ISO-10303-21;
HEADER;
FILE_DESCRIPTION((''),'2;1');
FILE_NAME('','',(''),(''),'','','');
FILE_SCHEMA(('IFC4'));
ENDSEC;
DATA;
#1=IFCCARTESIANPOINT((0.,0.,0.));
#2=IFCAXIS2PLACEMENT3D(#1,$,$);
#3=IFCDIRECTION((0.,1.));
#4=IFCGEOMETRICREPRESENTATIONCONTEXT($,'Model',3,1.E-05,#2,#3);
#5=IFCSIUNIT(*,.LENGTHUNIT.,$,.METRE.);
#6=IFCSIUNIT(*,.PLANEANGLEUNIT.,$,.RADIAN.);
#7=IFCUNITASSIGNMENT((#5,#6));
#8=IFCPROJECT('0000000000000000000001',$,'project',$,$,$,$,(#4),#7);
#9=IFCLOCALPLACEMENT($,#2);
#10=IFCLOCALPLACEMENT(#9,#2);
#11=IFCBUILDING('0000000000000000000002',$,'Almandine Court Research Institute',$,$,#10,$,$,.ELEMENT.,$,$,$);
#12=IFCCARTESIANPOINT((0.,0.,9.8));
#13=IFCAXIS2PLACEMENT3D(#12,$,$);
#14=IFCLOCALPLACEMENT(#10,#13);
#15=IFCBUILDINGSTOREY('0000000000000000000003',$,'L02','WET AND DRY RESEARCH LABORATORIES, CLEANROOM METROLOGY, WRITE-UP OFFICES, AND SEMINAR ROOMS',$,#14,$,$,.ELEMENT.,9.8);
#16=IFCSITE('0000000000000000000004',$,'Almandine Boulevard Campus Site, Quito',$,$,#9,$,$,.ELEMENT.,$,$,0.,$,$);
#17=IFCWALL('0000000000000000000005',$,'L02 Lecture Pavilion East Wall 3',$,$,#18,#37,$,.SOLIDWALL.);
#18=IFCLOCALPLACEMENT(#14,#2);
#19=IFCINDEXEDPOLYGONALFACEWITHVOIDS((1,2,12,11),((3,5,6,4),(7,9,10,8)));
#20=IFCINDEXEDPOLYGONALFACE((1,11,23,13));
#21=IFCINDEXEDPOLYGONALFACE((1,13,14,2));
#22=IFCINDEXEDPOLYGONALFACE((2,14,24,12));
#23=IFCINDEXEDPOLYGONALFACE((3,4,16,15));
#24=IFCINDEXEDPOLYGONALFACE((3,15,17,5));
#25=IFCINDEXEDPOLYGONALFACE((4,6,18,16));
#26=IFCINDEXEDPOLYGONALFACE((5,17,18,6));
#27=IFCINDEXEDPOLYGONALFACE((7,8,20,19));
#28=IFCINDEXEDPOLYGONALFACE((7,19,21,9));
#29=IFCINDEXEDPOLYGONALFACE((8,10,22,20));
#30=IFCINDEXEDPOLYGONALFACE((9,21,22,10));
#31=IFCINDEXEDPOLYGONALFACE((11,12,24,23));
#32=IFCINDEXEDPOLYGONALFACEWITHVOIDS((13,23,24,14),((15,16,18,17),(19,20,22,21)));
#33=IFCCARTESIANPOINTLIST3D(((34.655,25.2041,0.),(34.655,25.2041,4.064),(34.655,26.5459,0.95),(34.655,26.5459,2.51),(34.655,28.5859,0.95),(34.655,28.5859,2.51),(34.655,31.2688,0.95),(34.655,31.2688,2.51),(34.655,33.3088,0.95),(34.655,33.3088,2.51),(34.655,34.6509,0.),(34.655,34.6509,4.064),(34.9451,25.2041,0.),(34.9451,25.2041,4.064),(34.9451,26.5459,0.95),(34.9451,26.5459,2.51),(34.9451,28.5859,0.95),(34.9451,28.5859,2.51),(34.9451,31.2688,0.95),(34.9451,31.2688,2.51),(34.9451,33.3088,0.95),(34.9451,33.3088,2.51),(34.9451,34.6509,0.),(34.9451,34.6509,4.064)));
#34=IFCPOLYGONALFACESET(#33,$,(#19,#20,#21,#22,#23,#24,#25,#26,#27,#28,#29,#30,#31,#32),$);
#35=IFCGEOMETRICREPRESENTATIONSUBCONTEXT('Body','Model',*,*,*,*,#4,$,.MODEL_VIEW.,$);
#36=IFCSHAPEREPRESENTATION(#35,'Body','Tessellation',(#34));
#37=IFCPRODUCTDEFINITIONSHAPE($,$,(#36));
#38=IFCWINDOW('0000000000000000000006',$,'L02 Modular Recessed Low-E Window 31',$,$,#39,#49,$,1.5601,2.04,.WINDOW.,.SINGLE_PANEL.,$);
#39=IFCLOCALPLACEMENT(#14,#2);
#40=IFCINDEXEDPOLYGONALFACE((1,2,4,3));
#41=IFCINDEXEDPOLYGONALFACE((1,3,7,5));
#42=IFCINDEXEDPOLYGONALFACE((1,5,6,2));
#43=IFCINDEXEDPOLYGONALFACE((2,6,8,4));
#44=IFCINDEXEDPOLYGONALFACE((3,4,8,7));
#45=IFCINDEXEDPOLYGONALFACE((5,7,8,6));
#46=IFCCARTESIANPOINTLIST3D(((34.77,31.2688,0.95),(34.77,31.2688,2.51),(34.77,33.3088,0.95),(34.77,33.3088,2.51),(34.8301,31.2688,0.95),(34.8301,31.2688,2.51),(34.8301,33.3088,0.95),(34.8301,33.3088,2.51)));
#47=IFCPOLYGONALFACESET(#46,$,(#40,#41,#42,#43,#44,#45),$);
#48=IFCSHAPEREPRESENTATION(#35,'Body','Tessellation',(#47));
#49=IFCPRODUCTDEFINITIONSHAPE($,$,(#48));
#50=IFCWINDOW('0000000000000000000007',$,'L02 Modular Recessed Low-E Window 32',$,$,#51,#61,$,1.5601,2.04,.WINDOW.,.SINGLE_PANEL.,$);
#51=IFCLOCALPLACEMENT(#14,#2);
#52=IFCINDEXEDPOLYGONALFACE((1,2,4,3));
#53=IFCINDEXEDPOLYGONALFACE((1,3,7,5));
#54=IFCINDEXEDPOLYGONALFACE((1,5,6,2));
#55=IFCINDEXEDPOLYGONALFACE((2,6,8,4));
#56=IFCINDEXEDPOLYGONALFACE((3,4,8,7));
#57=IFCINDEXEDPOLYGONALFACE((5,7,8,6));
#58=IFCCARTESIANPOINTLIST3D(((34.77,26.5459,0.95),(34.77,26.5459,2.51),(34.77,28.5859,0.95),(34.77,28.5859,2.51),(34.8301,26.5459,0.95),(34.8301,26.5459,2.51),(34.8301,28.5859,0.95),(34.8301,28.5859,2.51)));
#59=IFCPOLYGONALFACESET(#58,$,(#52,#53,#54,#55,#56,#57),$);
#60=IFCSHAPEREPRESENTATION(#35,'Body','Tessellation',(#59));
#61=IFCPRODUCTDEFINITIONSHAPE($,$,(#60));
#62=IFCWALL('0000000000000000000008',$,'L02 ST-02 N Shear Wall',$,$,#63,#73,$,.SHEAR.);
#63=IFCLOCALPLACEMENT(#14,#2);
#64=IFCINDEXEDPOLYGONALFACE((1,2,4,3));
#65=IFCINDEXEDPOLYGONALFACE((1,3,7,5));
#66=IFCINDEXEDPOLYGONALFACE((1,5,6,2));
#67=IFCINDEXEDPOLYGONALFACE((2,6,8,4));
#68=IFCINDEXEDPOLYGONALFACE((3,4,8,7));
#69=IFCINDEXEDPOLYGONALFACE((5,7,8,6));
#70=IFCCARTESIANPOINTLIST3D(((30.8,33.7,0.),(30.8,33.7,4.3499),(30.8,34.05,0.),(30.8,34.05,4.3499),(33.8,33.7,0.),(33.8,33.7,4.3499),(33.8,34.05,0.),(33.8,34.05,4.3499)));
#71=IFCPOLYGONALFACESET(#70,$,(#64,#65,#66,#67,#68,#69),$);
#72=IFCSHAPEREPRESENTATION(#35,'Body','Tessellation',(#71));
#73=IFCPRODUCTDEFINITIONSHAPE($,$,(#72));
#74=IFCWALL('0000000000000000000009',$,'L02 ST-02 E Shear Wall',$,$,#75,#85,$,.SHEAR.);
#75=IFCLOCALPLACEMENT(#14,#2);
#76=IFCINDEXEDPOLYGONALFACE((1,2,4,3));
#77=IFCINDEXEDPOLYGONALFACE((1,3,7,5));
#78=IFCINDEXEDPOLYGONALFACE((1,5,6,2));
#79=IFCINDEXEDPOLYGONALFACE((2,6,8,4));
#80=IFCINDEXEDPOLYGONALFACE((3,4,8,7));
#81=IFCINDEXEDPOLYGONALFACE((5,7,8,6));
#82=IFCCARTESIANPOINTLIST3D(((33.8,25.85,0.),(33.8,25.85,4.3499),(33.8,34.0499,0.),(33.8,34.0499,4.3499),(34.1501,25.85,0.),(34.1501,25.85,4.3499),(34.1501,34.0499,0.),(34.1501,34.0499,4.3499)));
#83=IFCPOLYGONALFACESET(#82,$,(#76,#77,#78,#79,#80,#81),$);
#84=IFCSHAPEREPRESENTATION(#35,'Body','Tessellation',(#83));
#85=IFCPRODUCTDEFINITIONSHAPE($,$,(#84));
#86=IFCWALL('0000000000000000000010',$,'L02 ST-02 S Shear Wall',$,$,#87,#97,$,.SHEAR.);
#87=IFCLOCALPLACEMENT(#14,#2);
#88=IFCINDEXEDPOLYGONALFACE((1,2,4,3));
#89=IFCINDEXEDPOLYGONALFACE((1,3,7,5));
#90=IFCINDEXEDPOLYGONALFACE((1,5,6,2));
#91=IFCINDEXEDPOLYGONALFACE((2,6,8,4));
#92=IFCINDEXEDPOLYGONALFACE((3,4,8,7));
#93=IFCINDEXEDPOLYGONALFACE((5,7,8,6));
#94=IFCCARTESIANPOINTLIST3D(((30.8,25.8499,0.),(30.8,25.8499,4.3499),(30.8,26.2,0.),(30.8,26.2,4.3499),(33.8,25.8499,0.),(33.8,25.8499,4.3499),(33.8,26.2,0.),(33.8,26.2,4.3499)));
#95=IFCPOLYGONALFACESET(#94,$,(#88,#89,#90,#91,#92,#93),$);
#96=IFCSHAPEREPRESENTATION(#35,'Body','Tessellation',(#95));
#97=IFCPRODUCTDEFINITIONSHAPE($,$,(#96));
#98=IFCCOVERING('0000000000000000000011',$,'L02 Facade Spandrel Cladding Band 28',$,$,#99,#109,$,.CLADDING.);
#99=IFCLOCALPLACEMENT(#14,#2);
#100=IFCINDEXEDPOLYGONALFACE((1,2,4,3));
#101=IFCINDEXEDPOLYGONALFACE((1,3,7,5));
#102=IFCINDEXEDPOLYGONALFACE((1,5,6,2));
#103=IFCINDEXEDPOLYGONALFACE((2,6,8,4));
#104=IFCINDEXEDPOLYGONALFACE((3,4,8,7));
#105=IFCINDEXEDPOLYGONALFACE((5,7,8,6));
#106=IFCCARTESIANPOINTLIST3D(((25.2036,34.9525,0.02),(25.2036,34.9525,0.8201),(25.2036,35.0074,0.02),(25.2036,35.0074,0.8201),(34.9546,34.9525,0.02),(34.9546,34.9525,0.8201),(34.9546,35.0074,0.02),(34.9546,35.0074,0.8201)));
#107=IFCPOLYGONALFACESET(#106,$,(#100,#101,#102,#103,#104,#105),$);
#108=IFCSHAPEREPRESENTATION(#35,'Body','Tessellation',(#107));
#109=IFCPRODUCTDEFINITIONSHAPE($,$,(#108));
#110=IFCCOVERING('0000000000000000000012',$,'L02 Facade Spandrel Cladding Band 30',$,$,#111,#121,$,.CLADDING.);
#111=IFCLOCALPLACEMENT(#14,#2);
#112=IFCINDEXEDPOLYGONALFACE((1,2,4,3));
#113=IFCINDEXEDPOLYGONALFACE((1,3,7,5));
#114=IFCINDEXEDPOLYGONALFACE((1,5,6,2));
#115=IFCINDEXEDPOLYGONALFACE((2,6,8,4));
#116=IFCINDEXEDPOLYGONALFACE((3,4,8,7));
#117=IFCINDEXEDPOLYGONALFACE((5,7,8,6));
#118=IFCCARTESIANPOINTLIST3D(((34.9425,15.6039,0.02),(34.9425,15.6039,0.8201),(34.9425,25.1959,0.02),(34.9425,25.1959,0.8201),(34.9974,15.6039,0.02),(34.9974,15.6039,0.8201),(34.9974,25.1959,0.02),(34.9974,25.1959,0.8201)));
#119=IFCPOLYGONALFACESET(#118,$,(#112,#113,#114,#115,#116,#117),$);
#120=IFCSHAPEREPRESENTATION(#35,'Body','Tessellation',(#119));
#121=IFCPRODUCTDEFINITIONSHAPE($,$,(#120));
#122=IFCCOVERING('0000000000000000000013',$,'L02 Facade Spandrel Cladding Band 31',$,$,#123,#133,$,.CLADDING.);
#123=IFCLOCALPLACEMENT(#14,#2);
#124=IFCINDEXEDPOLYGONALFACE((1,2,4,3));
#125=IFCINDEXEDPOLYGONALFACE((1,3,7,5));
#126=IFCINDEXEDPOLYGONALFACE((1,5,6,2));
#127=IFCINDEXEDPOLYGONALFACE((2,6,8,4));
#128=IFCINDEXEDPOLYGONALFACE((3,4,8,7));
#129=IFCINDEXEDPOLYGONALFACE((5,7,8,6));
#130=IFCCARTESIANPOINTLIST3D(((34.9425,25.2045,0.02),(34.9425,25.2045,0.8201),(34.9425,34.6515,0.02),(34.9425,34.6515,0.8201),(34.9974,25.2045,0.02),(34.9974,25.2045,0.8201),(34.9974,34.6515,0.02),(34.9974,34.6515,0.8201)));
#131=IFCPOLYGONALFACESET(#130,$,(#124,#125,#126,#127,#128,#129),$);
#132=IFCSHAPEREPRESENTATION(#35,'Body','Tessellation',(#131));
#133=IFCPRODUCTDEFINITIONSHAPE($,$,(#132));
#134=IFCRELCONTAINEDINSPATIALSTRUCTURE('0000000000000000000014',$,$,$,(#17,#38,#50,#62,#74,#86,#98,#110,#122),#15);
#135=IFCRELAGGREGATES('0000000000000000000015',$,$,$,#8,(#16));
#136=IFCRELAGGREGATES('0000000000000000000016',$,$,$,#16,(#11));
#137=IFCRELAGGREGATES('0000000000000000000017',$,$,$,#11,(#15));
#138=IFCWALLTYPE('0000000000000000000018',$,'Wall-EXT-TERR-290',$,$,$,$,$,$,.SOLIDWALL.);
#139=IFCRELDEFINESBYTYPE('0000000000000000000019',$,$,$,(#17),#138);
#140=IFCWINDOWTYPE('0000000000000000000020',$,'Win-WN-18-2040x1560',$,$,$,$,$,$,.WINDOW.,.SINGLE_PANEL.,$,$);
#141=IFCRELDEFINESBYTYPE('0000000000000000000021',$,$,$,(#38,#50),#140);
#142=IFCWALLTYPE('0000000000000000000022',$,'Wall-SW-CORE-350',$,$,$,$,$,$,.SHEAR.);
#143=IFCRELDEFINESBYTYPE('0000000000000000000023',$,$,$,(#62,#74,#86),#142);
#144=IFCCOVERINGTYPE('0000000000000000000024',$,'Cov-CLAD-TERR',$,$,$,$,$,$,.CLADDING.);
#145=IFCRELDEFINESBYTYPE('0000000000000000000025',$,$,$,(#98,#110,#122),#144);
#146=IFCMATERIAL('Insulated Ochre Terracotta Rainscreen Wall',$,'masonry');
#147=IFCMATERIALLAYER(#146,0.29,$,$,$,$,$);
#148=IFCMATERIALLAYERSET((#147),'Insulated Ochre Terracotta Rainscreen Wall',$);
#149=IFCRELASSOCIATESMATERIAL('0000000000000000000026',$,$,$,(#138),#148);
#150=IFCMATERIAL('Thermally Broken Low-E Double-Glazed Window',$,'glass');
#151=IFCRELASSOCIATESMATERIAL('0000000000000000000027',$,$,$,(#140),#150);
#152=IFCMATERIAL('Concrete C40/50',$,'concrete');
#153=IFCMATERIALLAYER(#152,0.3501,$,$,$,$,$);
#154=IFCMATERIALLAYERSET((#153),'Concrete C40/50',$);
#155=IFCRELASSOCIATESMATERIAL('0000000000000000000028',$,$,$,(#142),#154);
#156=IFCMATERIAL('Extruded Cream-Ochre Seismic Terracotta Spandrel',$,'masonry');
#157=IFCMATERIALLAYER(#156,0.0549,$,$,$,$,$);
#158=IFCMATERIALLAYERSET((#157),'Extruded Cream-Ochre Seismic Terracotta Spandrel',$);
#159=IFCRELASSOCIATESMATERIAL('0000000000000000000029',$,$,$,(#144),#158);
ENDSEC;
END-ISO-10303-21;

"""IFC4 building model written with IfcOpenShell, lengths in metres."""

from ifc_helpers import new_model, si_unit, direction, frame, frame_2d, origin, origin_2d, place, context, subcontext, project, spatial, rectangle, extrude, material, layer, layer_set, type_object, element, fill, save


model = new_model("IFC4")

# Units and contexts
model_context = context("Model", 3, precision=1e-05, world=origin(), true_north=direction((0.0, 1.0)))
body_context = subcontext(model_context, "Body", "Model", "MODEL_VIEW")
ifc_project = project(units=[si_unit("LENGTHUNIT", "METRE"), si_unit("PLANEANGLEUNIT", "RADIAN")], contexts=[model_context])

# Site, building, storey
site_placement = place(None, origin())
site = spatial("IfcSite", under=ifc_project, at=site_placement, Name="Almandine Boulevard Campus Site, Quito", CompositionType="ELEMENT", RefElevation=0.0)
building_placement = place(site_placement, origin())
building = spatial("IfcBuilding", under=site, at=building_placement, Name="Almandine Court Research Institute", CompositionType="ELEMENT")
storey_placement = place(building_placement, frame((0.0, 0.0, 9.8)))
storey = spatial("IfcBuildingStorey", under=building, at=storey_placement, Name="L02", Description="WET AND DRY RESEARCH LABORATORIES, CLEANROOM METROLOGY, WRITE-UP OFFICES, AND SEMINAR ROOMS", CompositionType="ELEMENT", Elevation=9.8)

# Wall, openings, windows
ifc_material_1 = material(Name="Insulated Ochre Terracotta Rainscreen Wall", Category="masonry")
ifc_layer_1 = layer(ifc_material_1, 0.29)
ifc_layer_set_1 = layer_set([ifc_layer_1], Name="Insulated Ochre Terracotta Rainscreen Wall")
wall_type_1 = type_object("IfcWallType", Name="Wall-EXT-TERR-290", PredefinedType="SOLIDWALL", material=ifc_layer_set_1)
ifc_material_2 = material(Name="Thermally Broken Low-E Double-Glazed Window", Category="glass")
wall_1_placement = place(storey_placement, frame((34.8, 34.6509, 0.0), z_axis=(0.0, 0.0, 1.0), x_axis=(0.0, -1.0, 0.0)))
wall_1 = element("IfcWall", 1, at=wall_1_placement, inside=storey, type_object=wall_type_1, Name="L02 Lecture Pavilion East Wall 3", PredefinedType="SOLIDWALL", context=body_context, shape_type="SweptSolid", body=[
    extrude(rectangle(XDim=9.4468, YDim=0.29, at=frame_2d((4.7234, 0.0))), origin(), (0.0, 0.0, 1.0), 4.064),
])
opening_1_placement = place(wall_1_placement, frame((1.342, 0.0, 0.95)))
opening_1 = element("IfcOpeningElement", 2, at=opening_1_placement, cuts=wall_1, PredefinedType="OPENING", context=body_context, shape_type="SweptSolid", body=[
    extrude(rectangle(XDim=2.04, YDim=1.5601, at=frame_2d((1.02, 0.78))), frame((0.0, 0.155, 0.0), z_axis=(0.0, -1.0, 0.0), x_axis=(1.0, 0.0, 0.0)), (0.0, 0.0, 1.0), 0.3101),
])
opening_2_placement = place(wall_1_placement, frame((6.0649, 0.0, 0.95)))
opening_2 = element("IfcOpeningElement", 3, at=opening_2_placement, cuts=wall_1, PredefinedType="OPENING", context=body_context, shape_type="SweptSolid", body=[
    extrude(rectangle(XDim=2.04, YDim=1.5601, at=frame_2d((1.02, 0.78))), frame((0.0, 0.155, 0.0), z_axis=(0.0, -1.0, 0.0), x_axis=(1.0, 0.0, 0.0)), (0.0, 0.0, 1.0), 0.3101),
])
window_type_1 = type_object("IfcWindowType", Name="Win-WN-18-2040x1560", PartitioningType="SINGLE_PANEL", PredefinedType="WINDOW", material=ifc_material_2)
window_1_placement = place(opening_1_placement, origin())
window_1 = element("IfcWindow", 4, at=window_1_placement, inside=storey, type_object=window_type_1, Name="L02 Modular Recessed Low-E Window 31", OverallHeight=1.5601, OverallWidth=2.04, PartitioningType="SINGLE_PANEL", PredefinedType="WINDOW", context=body_context, shape_type="SweptSolid", body=[
    extrude(rectangle(XDim=2.04, YDim=1.5601, at=frame_2d((1.02, 0.78))), frame((0.0, 0.03, 0.0), z_axis=(0.0, -1.0, 0.0), x_axis=(1.0, 0.0, 0.0)), (0.0, 0.0, 1.0), 0.0601),
])
fill(opening_1, window_1)
window_2_placement = place(opening_2_placement, origin())
window_2 = element("IfcWindow", 5, at=window_2_placement, inside=storey, type_object=window_type_1, Name="L02 Modular Recessed Low-E Window 32", OverallHeight=1.5601, OverallWidth=2.04, PartitioningType="SINGLE_PANEL", PredefinedType="WINDOW", context=body_context, shape_type="SweptSolid", body=[
    extrude(rectangle(XDim=2.04, YDim=1.5601, at=frame_2d((1.02, 0.78))), frame((0.0, 0.03, 0.0), z_axis=(0.0, -1.0, 0.0), x_axis=(1.0, 0.0, 0.0)), (0.0, 0.0, 1.0), 0.0601),
])
fill(opening_2, window_2)

# Shared definitions
ifc_material_3 = material(Name="Concrete C40/50", Category="concrete")
ifc_layer_2 = layer(ifc_material_3, 0.3501)
ifc_layer_set_2 = layer_set([ifc_layer_2], Name="Concrete C40/50")
wall_type_2 = type_object("IfcWallType", Name="Wall-SW-CORE-350", PredefinedType="SHEAR", material=ifc_layer_set_2)

# Walls
wall_2_placement = place(storey_placement, frame((30.8, 33.875, 0.0), z_axis=(0.0, 0.0, 1.0), x_axis=(1.0, 0.0, 0.0)))
element("IfcWall", 6, at=wall_2_placement, inside=storey, type_object=wall_type_2, Name="L02 ST-02 N Shear Wall", PredefinedType="SHEAR", context=body_context, shape_type="SweptSolid", body=[
    extrude(rectangle(XDim=3.0, YDim=0.3501, at=frame_2d((1.5, 0.0))), origin(), (0.0, 0.0, 1.0), 4.3499),
])
wall_3_placement = place(storey_placement, frame((33.9751, 34.05, 0.0), z_axis=(0.0, 0.0, 1.0), x_axis=(0.0, -1.0, 0.0)))
element("IfcWall", 7, at=wall_3_placement, inside=storey, type_object=wall_type_2, Name="L02 ST-02 E Shear Wall", PredefinedType="SHEAR", context=body_context, shape_type="SweptSolid", body=[
    extrude(rectangle(XDim=8.2, YDim=0.3501, at=frame_2d((4.1001, 0.0))), origin(), (0.0, 0.0, 1.0), 4.3499),
])
wall_4_placement = place(storey_placement, frame((33.8, 26.0249, 0.0), z_axis=(0.0, 0.0, 1.0), x_axis=(-1.0, 0.0, 0.0)))
element("IfcWall", 8, at=wall_4_placement, inside=storey, type_object=wall_type_2, Name="L02 ST-02 S Shear Wall", PredefinedType="SHEAR", context=body_context, shape_type="SweptSolid", body=[
    extrude(rectangle(XDim=3.0, YDim=0.3501, at=frame_2d((1.5, 0.0))), origin(), (0.0, 0.0, 1.0), 4.3499),
])

# Coverings
ifc_material_4 = material(Name="Extruded Cream-Ochre Seismic Terracotta Spandrel", Category="masonry")
ifc_layer_3 = layer(ifc_material_4, 0.0549)
ifc_layer_set_3 = layer_set([ifc_layer_3], Name="Extruded Cream-Ochre Seismic Terracotta Spandrel")
covering_type = type_object("IfcCoveringType", Name="Cov-CLAD-TERR", PredefinedType="CLADDING", material=ifc_layer_set_3)
covering_1_placement = place(storey_placement, frame((30.0791, 34.98, 0.02), z_axis=(0.0, 0.0, 1.0), x_axis=(1.0, 0.0, 0.0)))
element("IfcCovering", 9, at=covering_1_placement, inside=storey, type_object=covering_type, Name="L02 Facade Spandrel Cladding Band 28", PredefinedType="CLADDING", context=body_context, shape_type="SweptSolid", body=[
    extrude(rectangle(XDim=9.751, YDim=0.0549, at=origin_2d()), origin(), (0.0, 0.0, 1.0), 0.8),
])
covering_2_placement = place(storey_placement, frame((34.97, 20.3999, 0.02), z_axis=(0.0, 0.0, 1.0), x_axis=(0.0, -1.0, 0.0)))
element("IfcCovering", 10, at=covering_2_placement, inside=storey, type_object=covering_type, Name="L02 Facade Spandrel Cladding Band 30", PredefinedType="CLADDING", context=body_context, shape_type="SweptSolid", body=[
    extrude(rectangle(XDim=9.592, YDim=0.0549, at=origin_2d()), origin(), (0.0, 0.0, 1.0), 0.8),
])
covering_3_placement = place(storey_placement, frame((34.97, 29.928, 0.02), z_axis=(0.0, 0.0, 1.0), x_axis=(0.0, -1.0, 0.0)))
element("IfcCovering", 11, at=covering_3_placement, inside=storey, type_object=covering_type, Name="L02 Facade Spandrel Cladding Band 31", PredefinedType="CLADDING", context=body_context, shape_type="SweptSolid", body=[
    extrude(rectangle(XDim=9.447, YDim=0.0549, at=origin_2d()), origin(), (0.0, 0.0, 1.0), 0.8),
])

save(model, "model.ifc")
